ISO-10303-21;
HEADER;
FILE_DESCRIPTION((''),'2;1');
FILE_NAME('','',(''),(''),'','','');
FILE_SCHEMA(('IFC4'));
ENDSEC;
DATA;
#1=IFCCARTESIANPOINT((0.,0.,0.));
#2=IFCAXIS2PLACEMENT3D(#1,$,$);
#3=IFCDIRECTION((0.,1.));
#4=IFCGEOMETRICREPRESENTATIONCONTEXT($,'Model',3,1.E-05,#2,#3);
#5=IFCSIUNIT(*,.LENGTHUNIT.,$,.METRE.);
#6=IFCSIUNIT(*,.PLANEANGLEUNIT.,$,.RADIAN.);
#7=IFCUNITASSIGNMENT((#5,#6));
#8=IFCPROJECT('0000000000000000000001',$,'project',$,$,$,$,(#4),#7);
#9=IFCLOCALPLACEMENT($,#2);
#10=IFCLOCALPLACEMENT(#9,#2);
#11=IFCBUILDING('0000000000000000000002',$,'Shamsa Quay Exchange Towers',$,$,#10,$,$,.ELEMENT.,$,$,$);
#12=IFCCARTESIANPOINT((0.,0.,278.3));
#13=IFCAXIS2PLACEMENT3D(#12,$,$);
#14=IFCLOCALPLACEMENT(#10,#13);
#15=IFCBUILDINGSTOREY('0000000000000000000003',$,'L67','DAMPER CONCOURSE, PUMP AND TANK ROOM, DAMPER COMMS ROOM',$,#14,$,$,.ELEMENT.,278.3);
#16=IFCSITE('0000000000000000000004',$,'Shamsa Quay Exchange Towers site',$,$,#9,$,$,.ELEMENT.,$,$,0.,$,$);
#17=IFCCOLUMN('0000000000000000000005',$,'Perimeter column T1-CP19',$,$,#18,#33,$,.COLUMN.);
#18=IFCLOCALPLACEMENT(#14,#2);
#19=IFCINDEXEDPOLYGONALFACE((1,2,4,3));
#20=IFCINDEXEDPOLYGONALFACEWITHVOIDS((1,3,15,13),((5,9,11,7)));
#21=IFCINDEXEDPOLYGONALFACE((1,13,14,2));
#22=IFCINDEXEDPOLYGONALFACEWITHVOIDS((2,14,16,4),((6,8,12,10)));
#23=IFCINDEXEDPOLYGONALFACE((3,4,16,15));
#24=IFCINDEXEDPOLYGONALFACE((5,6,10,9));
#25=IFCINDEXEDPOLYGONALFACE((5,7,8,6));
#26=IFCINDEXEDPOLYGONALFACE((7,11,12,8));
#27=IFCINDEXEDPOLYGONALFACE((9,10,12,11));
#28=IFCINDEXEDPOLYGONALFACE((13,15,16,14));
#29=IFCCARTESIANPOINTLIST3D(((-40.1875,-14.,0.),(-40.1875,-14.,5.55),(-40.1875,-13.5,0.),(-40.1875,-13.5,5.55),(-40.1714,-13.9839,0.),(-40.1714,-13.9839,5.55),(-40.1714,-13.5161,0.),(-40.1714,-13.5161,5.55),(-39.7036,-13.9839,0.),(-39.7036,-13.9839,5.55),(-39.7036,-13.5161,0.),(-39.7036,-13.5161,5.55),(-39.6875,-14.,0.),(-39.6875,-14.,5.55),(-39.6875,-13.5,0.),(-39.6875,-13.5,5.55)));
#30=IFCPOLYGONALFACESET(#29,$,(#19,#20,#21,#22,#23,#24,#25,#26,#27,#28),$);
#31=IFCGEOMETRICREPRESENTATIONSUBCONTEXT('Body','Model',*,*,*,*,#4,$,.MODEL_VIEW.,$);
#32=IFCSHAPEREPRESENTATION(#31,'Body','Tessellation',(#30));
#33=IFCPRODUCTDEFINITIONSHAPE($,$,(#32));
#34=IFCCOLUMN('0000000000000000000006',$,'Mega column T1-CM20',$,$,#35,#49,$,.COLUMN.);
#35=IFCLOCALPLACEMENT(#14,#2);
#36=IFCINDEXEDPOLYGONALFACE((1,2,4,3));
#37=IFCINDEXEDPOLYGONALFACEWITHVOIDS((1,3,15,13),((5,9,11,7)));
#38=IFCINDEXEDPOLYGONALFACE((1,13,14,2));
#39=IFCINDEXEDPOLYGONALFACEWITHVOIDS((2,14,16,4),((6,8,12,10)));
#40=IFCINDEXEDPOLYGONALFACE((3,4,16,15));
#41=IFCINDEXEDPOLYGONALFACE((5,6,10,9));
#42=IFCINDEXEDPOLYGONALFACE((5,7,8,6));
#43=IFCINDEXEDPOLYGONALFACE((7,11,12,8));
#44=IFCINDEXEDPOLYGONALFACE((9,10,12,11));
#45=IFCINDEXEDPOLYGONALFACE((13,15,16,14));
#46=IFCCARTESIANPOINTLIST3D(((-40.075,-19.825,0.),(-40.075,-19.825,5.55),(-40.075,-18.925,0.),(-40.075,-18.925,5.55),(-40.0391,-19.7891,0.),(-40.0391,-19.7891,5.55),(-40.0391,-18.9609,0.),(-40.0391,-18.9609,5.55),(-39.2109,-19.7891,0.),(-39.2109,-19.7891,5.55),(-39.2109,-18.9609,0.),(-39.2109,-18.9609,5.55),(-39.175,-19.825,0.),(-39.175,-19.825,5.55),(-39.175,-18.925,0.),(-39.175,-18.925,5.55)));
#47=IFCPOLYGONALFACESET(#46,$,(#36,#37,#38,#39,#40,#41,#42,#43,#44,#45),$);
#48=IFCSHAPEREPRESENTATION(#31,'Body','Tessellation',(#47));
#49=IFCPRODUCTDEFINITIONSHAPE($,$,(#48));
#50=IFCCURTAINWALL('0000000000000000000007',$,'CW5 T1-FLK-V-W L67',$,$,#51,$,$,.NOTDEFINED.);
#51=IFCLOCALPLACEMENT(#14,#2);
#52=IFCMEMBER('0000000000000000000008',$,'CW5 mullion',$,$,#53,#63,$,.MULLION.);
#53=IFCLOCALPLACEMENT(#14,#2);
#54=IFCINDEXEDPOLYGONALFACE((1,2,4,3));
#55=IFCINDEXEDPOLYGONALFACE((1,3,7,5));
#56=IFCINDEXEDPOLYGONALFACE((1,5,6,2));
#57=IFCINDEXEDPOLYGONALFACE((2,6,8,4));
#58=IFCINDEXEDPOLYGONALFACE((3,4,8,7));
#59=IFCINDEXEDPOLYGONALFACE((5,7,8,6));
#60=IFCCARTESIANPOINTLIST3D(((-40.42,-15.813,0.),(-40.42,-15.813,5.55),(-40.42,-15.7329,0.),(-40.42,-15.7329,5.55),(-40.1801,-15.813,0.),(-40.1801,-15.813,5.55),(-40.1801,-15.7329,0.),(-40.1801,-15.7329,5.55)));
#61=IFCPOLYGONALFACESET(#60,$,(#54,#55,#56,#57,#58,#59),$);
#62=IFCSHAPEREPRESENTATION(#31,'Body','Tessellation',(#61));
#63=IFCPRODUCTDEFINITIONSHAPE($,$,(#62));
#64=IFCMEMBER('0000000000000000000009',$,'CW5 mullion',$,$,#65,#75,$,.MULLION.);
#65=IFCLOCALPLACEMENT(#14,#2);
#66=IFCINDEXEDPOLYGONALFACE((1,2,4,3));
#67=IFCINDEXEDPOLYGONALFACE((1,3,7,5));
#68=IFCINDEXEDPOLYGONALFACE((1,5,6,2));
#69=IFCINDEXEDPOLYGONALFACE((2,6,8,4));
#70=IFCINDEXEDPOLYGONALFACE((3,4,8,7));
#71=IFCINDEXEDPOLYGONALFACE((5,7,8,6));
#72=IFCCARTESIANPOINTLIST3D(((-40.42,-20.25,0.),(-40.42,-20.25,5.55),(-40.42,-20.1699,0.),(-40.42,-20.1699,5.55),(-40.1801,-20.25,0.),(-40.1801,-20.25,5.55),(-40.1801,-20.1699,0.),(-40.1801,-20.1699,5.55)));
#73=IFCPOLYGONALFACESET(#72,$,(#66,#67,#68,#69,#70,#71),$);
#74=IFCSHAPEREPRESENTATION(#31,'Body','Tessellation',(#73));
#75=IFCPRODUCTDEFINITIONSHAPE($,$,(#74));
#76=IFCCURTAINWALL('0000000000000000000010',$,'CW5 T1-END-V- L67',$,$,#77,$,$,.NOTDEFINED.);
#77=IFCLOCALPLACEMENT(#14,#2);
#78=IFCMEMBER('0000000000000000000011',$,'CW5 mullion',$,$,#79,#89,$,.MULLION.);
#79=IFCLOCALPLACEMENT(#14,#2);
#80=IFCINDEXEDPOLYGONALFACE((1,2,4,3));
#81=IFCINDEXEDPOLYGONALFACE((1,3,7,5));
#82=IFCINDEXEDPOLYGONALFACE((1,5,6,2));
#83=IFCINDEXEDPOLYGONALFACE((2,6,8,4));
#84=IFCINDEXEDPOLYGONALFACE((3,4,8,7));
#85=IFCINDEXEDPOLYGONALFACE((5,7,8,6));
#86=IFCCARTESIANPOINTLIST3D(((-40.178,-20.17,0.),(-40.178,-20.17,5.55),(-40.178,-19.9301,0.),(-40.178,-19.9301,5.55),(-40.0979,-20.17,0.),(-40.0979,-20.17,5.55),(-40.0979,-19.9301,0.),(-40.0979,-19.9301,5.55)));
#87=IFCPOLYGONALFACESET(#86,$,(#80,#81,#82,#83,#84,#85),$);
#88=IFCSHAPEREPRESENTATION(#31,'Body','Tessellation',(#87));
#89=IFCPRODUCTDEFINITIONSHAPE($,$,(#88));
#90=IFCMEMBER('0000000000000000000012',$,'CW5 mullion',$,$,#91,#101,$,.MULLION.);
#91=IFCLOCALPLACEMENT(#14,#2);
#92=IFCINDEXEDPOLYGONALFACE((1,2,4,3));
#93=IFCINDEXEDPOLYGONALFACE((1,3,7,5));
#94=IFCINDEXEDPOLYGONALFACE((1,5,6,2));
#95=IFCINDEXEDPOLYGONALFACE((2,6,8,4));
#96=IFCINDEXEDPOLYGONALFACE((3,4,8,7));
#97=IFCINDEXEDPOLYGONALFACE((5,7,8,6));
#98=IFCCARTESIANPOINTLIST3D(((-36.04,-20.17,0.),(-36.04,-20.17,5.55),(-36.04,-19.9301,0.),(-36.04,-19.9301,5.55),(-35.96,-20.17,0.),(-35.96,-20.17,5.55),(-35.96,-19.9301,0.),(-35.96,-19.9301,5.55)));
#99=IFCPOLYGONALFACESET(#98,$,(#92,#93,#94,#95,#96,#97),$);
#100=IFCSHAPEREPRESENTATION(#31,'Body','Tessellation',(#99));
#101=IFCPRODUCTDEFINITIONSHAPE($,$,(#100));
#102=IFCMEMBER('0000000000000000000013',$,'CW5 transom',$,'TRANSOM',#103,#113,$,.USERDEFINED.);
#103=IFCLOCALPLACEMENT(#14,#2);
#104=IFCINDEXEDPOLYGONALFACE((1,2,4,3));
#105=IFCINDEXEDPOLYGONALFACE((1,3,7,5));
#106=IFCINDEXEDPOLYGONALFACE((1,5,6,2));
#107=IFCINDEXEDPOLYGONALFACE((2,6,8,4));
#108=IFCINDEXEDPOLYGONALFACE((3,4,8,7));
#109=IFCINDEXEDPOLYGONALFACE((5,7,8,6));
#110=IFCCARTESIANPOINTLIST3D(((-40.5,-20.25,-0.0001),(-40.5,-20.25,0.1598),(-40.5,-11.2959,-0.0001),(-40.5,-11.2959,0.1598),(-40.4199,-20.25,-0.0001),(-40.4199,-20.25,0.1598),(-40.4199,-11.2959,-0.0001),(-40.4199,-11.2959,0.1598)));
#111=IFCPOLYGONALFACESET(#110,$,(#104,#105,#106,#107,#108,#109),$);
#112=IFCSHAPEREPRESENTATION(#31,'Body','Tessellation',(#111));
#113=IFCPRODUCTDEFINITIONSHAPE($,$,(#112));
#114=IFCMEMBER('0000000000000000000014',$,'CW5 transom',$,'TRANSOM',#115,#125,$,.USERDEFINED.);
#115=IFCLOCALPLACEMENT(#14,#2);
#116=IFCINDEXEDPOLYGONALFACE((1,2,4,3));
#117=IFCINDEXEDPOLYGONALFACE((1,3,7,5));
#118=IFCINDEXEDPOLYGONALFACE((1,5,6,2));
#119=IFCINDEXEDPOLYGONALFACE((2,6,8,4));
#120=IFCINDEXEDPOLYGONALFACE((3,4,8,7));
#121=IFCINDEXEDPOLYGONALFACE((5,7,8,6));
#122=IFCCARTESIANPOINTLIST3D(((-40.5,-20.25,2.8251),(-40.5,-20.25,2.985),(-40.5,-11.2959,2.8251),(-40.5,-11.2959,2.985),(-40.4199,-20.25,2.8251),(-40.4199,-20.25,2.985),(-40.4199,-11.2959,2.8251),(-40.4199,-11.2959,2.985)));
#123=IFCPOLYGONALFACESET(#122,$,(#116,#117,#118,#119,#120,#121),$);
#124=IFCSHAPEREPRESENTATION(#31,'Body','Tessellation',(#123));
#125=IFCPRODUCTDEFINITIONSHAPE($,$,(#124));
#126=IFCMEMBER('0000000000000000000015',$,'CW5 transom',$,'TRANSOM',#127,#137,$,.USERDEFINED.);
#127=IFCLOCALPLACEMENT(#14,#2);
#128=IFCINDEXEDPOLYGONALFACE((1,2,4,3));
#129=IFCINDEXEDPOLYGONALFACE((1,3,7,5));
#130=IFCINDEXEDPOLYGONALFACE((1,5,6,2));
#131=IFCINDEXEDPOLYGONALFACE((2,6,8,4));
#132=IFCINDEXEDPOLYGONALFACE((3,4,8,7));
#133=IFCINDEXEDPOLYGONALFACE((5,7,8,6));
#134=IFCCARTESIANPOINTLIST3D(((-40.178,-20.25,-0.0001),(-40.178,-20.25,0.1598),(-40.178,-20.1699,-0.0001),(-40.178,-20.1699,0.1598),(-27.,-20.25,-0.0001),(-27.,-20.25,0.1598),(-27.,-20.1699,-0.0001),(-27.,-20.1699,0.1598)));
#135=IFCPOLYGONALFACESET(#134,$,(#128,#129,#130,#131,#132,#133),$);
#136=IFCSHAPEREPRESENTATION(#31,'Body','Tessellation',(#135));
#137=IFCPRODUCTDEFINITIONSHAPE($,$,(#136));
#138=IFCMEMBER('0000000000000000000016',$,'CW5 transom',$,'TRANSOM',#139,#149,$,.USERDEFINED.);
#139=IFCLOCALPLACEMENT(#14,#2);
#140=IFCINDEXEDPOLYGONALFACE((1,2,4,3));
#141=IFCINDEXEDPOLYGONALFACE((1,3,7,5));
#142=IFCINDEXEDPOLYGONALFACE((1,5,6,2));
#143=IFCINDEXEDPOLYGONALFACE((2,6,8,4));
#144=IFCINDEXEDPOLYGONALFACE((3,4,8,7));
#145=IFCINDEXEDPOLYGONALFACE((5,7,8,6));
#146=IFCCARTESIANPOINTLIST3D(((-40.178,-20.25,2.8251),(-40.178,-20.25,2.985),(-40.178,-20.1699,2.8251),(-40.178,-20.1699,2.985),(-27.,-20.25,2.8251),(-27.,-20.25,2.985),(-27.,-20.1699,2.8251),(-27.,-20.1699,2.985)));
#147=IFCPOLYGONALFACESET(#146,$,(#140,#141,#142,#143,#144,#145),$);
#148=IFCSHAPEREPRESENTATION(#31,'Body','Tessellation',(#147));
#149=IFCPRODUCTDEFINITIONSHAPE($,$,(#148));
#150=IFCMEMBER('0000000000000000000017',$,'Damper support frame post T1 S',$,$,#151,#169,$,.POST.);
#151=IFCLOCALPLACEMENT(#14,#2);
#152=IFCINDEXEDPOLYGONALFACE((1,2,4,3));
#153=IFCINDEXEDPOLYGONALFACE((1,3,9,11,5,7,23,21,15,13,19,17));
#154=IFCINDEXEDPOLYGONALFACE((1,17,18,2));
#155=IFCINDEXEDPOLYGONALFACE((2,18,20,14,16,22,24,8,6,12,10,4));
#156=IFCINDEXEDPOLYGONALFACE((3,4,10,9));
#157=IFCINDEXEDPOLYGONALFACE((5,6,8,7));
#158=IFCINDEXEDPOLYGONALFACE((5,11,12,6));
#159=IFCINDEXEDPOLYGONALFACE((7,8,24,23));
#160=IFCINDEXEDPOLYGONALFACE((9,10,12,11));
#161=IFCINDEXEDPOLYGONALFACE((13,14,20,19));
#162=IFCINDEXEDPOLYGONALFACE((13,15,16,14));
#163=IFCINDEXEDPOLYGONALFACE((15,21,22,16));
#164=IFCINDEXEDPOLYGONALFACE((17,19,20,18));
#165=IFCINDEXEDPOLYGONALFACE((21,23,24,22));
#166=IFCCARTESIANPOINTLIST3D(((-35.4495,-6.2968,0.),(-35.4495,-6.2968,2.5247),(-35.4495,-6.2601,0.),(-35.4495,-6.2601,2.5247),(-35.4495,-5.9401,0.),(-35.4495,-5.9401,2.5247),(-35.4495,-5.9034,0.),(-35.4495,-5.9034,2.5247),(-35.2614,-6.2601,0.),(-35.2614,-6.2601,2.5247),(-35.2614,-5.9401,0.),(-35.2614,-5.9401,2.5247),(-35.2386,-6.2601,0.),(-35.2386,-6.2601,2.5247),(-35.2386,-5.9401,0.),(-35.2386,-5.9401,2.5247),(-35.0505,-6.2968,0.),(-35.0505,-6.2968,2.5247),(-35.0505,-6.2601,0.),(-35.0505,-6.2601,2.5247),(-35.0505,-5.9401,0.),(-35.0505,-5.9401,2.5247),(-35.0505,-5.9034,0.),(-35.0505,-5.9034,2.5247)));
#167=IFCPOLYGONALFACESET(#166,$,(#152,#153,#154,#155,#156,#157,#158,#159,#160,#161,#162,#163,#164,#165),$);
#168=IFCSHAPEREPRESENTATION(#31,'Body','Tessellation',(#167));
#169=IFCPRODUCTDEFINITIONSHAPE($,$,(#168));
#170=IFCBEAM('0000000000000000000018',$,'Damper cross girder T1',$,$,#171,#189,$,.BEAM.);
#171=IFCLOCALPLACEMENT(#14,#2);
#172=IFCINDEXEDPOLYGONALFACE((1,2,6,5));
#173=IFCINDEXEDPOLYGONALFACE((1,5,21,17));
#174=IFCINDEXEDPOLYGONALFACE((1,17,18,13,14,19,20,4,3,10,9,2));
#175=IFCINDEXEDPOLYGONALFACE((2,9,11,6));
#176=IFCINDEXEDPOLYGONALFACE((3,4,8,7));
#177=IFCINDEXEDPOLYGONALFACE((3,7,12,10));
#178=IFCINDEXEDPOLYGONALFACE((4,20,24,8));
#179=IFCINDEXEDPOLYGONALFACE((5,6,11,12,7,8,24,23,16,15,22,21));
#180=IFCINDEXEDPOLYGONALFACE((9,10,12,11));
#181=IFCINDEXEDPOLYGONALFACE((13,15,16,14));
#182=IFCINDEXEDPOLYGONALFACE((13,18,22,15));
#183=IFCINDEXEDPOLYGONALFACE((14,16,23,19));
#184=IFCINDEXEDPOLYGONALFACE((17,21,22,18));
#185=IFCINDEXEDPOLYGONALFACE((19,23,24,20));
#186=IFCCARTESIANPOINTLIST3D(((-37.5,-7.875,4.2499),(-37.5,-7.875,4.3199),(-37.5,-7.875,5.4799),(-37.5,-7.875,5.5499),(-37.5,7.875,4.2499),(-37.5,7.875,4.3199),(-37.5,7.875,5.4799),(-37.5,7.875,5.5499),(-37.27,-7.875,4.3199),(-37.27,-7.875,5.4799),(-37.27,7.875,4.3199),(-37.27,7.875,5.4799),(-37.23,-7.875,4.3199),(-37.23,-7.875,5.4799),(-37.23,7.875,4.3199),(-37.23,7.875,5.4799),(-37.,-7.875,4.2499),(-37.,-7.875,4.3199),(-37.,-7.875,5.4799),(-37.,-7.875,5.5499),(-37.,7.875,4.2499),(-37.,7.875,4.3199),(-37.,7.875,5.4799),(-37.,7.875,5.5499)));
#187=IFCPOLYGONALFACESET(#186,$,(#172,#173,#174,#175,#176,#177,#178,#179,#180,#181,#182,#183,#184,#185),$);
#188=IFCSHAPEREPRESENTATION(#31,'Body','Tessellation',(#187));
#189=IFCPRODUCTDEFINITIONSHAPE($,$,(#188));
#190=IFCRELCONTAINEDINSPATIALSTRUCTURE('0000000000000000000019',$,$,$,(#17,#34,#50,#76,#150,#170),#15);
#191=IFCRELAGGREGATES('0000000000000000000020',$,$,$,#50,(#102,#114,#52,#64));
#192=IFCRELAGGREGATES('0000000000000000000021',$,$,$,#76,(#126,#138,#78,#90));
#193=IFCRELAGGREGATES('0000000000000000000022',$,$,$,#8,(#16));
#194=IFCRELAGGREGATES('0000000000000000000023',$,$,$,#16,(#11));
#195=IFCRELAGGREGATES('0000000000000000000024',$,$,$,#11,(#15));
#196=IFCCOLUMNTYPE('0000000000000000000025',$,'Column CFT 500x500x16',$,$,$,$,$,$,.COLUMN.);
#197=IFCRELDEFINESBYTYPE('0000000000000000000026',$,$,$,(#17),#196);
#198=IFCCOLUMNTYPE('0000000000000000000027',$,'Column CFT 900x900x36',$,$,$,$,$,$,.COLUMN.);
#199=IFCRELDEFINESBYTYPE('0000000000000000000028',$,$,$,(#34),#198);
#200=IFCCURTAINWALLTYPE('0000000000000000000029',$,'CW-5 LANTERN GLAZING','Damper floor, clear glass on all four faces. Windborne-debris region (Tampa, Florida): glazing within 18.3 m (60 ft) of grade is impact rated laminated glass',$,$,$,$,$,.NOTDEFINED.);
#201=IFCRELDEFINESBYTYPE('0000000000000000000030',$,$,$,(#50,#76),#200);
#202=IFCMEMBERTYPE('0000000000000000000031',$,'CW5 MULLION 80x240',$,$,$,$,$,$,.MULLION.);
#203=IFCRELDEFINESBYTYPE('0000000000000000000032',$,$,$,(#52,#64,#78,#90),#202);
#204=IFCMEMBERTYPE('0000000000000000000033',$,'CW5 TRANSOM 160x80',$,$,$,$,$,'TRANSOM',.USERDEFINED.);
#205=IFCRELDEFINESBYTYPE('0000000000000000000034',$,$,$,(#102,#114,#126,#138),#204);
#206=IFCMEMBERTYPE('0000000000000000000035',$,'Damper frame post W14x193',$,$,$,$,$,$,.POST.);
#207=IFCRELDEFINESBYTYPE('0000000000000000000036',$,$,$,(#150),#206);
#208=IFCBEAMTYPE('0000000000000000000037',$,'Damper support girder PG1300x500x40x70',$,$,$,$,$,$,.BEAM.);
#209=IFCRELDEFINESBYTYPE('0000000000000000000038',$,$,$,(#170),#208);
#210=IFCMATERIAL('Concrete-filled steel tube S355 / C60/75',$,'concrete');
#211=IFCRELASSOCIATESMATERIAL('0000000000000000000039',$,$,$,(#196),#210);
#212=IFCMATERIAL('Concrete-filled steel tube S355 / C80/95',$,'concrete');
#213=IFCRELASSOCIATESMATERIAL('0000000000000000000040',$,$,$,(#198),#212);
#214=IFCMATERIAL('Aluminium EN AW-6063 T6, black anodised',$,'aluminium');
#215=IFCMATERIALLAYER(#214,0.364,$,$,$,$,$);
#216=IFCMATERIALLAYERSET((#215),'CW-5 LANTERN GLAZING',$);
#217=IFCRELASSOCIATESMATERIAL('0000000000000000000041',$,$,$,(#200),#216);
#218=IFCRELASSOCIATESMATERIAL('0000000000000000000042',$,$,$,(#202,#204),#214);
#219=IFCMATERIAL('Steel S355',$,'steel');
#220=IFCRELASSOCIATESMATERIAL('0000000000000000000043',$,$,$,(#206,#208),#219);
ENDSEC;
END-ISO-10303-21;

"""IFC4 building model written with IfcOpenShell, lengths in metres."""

from ifc_helpers import new_model, si_unit, direction, frame, origin, origin_2d, place, context, subcontext, project, spatial, rectangle, hollow_rectangle, i_section, extrude, material, layer, layer_set, material_profile, profile_set, type_object, element, aggregate, save


model = new_model("IFC4")

# Units and contexts
model_context = context("Model", 3, precision=1e-05, world=origin(), true_north=direction((0.0, 1.0)))
body_context = subcontext(model_context, "Body", "Model", "MODEL_VIEW")
ifc_project = project(units=[si_unit("LENGTHUNIT", "METRE"), si_unit("PLANEANGLEUNIT", "RADIAN")], contexts=[model_context])

# Site, building, storey
site_placement = place(None, origin())
site = spatial("IfcSite", under=ifc_project, at=site_placement, Name="Shamsa Quay Exchange Towers site", CompositionType="ELEMENT", RefElevation=0.0)
building_placement = place(site_placement, origin())
building = spatial("IfcBuilding", under=site, at=building_placement, Name="Shamsa Quay Exchange Towers", CompositionType="ELEMENT")
storey_placement = place(building_placement, frame((0.0, 0.0, 278.3)))
storey = spatial("IfcBuildingStorey", under=building, at=storey_placement, Name="L67", Description="DAMPER CONCOURSE, PUMP AND TANK ROOM, DAMPER COMMS ROOM", CompositionType="ELEMENT", Elevation=278.3)

# Columns
ifc_material_1 = material(Name="Concrete-filled steel tube S355 / C60/75", Category="concrete")
ifc_material_profile_1 = material_profile(ifc_material_1, hollow_rectangle(XDim=0.5, YDim=0.5, WallThickness=0.0161, at=origin_2d()), Name="CFT 500x500x16")
ifc_profile_set_1 = profile_set([ifc_material_profile_1], Name="Concrete-filled steel tube S355 / C60/75")
column_type_1 = type_object("IfcColumnType", Name="Column CFT 500x500x16", PredefinedType="COLUMN", material=ifc_profile_set_1)
column_1_placement = place(storey_placement, frame((-39.9375, -13.75, 0.0)))
element("IfcColumn", 1, at=column_1_placement, inside=storey, type_object=column_type_1, Name="Perimeter column T1-CP19", PredefinedType="COLUMN", context=body_context, shape_type="SweptSolid", body=[
    extrude(hollow_rectangle(XDim=0.5, YDim=0.5, WallThickness=0.0161, at=origin_2d()), origin(), (0.0, 0.0, 1.0), 5.55),
])
ifc_material_2 = material(Name="Concrete-filled steel tube S355 / C80/95", Category="concrete")
ifc_material_profile_2 = material_profile(ifc_material_2, hollow_rectangle(XDim=0.8999, YDim=0.8999, WallThickness=0.0359, at=origin_2d()), Name="CFT 900x900x36")
ifc_profile_set_2 = profile_set([ifc_material_profile_2], Name="Concrete-filled steel tube S355 / C80/95")
column_type_2 = type_object("IfcColumnType", Name="Column CFT 900x900x36", PredefinedType="COLUMN", material=ifc_profile_set_2)
column_2_placement = place(storey_placement, frame((-39.625, -19.375, 0.0)))
element("IfcColumn", 2, at=column_2_placement, inside=storey, type_object=column_type_2, Name="Mega column T1-CM20", PredefinedType="COLUMN", context=body_context, shape_type="SweptSolid", body=[
    extrude(hollow_rectangle(XDim=0.8999, YDim=0.8999, WallThickness=0.0359, at=origin_2d()), origin(), (0.0, 0.0, 1.0), 5.55),
])

# Curtain walls, members
ifc_material_3 = material(Name="Aluminium EN AW-6063 T6, black anodised", Category="aluminium")
ifc_layer_1 = layer(ifc_material_3, 0.364)
ifc_layer_set_1 = layer_set([ifc_layer_1], Name="CW-5 LANTERN GLAZING")
curtain_wall_type = type_object("IfcCurtainWallType", Name="CW-5 LANTERN GLAZING", Description="Damper floor, clear glass on all four faces. Windborne-debris region (Tampa, Florida): glazing within 18.3 m (60 ft) of grade is impact rated laminated glass", PredefinedType="NOTDEFINED", material=ifc_layer_set_1)
curtain_wall_1_placement = place(storey_placement, origin())
curtain_wall_1 = element("IfcCurtainWall", 3, at=curtain_wall_1_placement, inside=storey, type_object=curtain_wall_type, Name="CW5 T1-FLK-V-W L67", PredefinedType="NOTDEFINED")
ifc_material_profile_3 = material_profile(ifc_material_3, rectangle(XDim=0.24, YDim=0.0801, at=origin_2d()), Name="MU80x240")
ifc_profile_set_3 = profile_set([ifc_material_profile_3], Name="Aluminium EN AW-6063 T6, black anodised")
member_type_1 = type_object("IfcMemberType", Name="CW5 MULLION 80x240", PredefinedType="MULLION", material=ifc_profile_set_3)
member_1_placement = place(storey_placement, frame((-40.3, -15.7729, 0.0)))
member_1 = element("IfcMember", 4, at=member_1_placement, type_object=member_type_1, Name="CW5 mullion", PredefinedType="MULLION", context=body_context, shape_type="SweptSolid", body=[
    extrude(rectangle(XDim=0.24, YDim=0.0801, at=origin_2d()), origin(), (0.0, 0.0, 1.0), 5.55),
])
member_2_placement = place(storey_placement, frame((-40.3, -20.21, 0.0)))
member_2 = element("IfcMember", 5, at=member_2_placement, type_object=member_type_1, Name="CW5 mullion", PredefinedType="MULLION", context=body_context, shape_type="SweptSolid", body=[
    extrude(rectangle(XDim=0.24, YDim=0.0801, at=origin_2d()), origin(), (0.0, 0.0, 1.0), 5.55),
])
curtain_wall_2_placement = place(storey_placement, origin())
curtain_wall_2 = element("IfcCurtainWall", 6, at=curtain_wall_2_placement, inside=storey, type_object=curtain_wall_type, Name="CW5 T1-END-V- L67", PredefinedType="NOTDEFINED")
member_3_placement = place(storey_placement, frame((-40.1379, -20.05, 0.0), z_axis=(0.0, 0.0, 1.0), x_axis=(0.0, 1.0, 0.0)))
member_3 = element("IfcMember", 7, at=member_3_placement, type_object=member_type_1, Name="CW5 mullion", PredefinedType="MULLION", context=body_context, shape_type="SweptSolid", body=[
    extrude(rectangle(XDim=0.24, YDim=0.0801, at=origin_2d()), origin(), (0.0, 0.0, 1.0), 5.55),
])
member_4_placement = place(storey_placement, frame((-36.0, -20.05, 0.0), z_axis=(0.0, 0.0, 1.0), x_axis=(0.0, 1.0, 0.0)))
member_4 = element("IfcMember", 8, at=member_4_placement, type_object=member_type_1, Name="CW5 mullion", PredefinedType="MULLION", context=body_context, shape_type="SweptSolid", body=[
    extrude(rectangle(XDim=0.24, YDim=0.0801, at=origin_2d()), origin(), (0.0, 0.0, 1.0), 5.55),
])

# Members
ifc_material_profile_4 = material_profile(ifc_material_3, rectangle(XDim=0.0801, YDim=0.1599, at=origin_2d()), Name="TR160x80")
ifc_profile_set_4 = profile_set([ifc_material_profile_4], Name="Aluminium EN AW-6063 T6, black anodised")
member_type_2 = type_object("IfcMemberType", Name="CW5 TRANSOM 160x80", ElementType="TRANSOM", PredefinedType="USERDEFINED", material=ifc_profile_set_4)
member_5_placement = place(storey_placement, frame((-40.46, -11.2959, 0.0798), z_axis=(0.0, -1.0, 0.0), x_axis=(1.0, 0.0, 0.0)))
member_5 = element("IfcMember", 9, at=member_5_placement, type_object=member_type_2, Name="CW5 transom", ObjectType="TRANSOM", PredefinedType="USERDEFINED", context=body_context, shape_type="SweptSolid", body=[
    extrude(rectangle(XDim=0.0801, YDim=0.1599, at=origin_2d()), origin(), (0.0, 0.0, 1.0), 8.9541),
])
member_6_placement = place(storey_placement, frame((-40.46, -11.2959, 2.905), z_axis=(0.0, -1.0, 0.0), x_axis=(1.0, 0.0, 0.0)))
member_6 = element("IfcMember", 10, at=member_6_placement, type_object=member_type_2, Name="CW5 transom", ObjectType="TRANSOM", PredefinedType="USERDEFINED", context=body_context, shape_type="SweptSolid", body=[
    extrude(rectangle(XDim=0.0801, YDim=0.1599, at=origin_2d()), origin(), (0.0, 0.0, 1.0), 8.9541),
])
member_7_placement = place(storey_placement, frame((-40.178, -20.21, 0.0798), z_axis=(1.0, 0.0, 0.0), x_axis=(0.0, 1.0, 0.0)))
member_7 = element("IfcMember", 11, at=member_7_placement, type_object=member_type_2, Name="CW5 transom", ObjectType="TRANSOM", PredefinedType="USERDEFINED", context=body_context, shape_type="SweptSolid", body=[
    extrude(rectangle(XDim=0.0801, YDim=0.1599, at=origin_2d()), origin(), (0.0, 0.0, 1.0), 13.178),
])
member_8_placement = place(storey_placement, frame((-40.178, -20.21, 2.905), z_axis=(1.0, 0.0, 0.0), x_axis=(0.0, 1.0, 0.0)))
member_8 = element("IfcMember", 12, at=member_8_placement, type_object=member_type_2, Name="CW5 transom", ObjectType="TRANSOM", PredefinedType="USERDEFINED", context=body_context, shape_type="SweptSolid", body=[
    extrude(rectangle(XDim=0.0801, YDim=0.1599, at=origin_2d()), origin(), (0.0, 0.0, 1.0), 13.178),
])
ifc_material_4 = material(Name="Steel S355", Category="steel")
ifc_material_profile_5 = material_profile(ifc_material_4, i_section(OverallWidth=0.3989, OverallDepth=0.3933, WebThickness=0.0227, FlangeThickness=0.0366, at=origin_2d()), Name="W14x193")
ifc_profile_set_5 = profile_set([ifc_material_profile_5], Name="Steel S355")
member_type_3 = type_object("IfcMemberType", Name="Damper frame post W14x193", PredefinedType="POST", material=ifc_profile_set_5)
member_9_placement = place(storey_placement, frame((-35.25, -6.1001, 0.0)))
element("IfcMember", 13, at=member_9_placement, inside=storey, type_object=member_type_3, Name="Damper support frame post T1 S", PredefinedType="POST", context=body_context, shape_type="SweptSolid", body=[
    extrude(i_section(OverallWidth=0.3989, OverallDepth=0.3933, WebThickness=0.0227, FlangeThickness=0.0366, at=origin_2d()), origin(), (0.0, 0.0, 1.0), 2.5247),
])

# Beam
ifc_material_profile_6 = material_profile(ifc_material_4, i_section(OverallWidth=0.5, OverallDepth=1.3, WebThickness=0.04, FlangeThickness=0.0701, at=origin_2d()), Name="PG1300x500x40x70")
ifc_profile_set_6 = profile_set([ifc_material_profile_6], Name="Steel S355")
beam_type = type_object("IfcBeamType", Name="Damper support girder PG1300x500x40x70", PredefinedType="BEAM", material=ifc_profile_set_6)
beam_placement = place(storey_placement, frame((-37.25, -7.875, 4.8999), z_axis=(0.0, 1.0, 0.0), x_axis=(-1.0, 0.0, 0.0)))
element("IfcBeam", 14, at=beam_placement, inside=storey, type_object=beam_type, Name="Damper cross girder T1", PredefinedType="BEAM", context=body_context, shape_type="SweptSolid", body=[
    extrude(i_section(OverallWidth=0.5, OverallDepth=1.3, WebThickness=0.04, FlangeThickness=0.0701, at=origin_2d()), origin(), (0.0, 0.0, 1.0), 15.75),
])

aggregate(curtain_wall_1, [member_5, member_6, member_1, member_2])
aggregate(curtain_wall_2, [member_7, member_8, member_3, member_4])

save(model, "model.ifc")
